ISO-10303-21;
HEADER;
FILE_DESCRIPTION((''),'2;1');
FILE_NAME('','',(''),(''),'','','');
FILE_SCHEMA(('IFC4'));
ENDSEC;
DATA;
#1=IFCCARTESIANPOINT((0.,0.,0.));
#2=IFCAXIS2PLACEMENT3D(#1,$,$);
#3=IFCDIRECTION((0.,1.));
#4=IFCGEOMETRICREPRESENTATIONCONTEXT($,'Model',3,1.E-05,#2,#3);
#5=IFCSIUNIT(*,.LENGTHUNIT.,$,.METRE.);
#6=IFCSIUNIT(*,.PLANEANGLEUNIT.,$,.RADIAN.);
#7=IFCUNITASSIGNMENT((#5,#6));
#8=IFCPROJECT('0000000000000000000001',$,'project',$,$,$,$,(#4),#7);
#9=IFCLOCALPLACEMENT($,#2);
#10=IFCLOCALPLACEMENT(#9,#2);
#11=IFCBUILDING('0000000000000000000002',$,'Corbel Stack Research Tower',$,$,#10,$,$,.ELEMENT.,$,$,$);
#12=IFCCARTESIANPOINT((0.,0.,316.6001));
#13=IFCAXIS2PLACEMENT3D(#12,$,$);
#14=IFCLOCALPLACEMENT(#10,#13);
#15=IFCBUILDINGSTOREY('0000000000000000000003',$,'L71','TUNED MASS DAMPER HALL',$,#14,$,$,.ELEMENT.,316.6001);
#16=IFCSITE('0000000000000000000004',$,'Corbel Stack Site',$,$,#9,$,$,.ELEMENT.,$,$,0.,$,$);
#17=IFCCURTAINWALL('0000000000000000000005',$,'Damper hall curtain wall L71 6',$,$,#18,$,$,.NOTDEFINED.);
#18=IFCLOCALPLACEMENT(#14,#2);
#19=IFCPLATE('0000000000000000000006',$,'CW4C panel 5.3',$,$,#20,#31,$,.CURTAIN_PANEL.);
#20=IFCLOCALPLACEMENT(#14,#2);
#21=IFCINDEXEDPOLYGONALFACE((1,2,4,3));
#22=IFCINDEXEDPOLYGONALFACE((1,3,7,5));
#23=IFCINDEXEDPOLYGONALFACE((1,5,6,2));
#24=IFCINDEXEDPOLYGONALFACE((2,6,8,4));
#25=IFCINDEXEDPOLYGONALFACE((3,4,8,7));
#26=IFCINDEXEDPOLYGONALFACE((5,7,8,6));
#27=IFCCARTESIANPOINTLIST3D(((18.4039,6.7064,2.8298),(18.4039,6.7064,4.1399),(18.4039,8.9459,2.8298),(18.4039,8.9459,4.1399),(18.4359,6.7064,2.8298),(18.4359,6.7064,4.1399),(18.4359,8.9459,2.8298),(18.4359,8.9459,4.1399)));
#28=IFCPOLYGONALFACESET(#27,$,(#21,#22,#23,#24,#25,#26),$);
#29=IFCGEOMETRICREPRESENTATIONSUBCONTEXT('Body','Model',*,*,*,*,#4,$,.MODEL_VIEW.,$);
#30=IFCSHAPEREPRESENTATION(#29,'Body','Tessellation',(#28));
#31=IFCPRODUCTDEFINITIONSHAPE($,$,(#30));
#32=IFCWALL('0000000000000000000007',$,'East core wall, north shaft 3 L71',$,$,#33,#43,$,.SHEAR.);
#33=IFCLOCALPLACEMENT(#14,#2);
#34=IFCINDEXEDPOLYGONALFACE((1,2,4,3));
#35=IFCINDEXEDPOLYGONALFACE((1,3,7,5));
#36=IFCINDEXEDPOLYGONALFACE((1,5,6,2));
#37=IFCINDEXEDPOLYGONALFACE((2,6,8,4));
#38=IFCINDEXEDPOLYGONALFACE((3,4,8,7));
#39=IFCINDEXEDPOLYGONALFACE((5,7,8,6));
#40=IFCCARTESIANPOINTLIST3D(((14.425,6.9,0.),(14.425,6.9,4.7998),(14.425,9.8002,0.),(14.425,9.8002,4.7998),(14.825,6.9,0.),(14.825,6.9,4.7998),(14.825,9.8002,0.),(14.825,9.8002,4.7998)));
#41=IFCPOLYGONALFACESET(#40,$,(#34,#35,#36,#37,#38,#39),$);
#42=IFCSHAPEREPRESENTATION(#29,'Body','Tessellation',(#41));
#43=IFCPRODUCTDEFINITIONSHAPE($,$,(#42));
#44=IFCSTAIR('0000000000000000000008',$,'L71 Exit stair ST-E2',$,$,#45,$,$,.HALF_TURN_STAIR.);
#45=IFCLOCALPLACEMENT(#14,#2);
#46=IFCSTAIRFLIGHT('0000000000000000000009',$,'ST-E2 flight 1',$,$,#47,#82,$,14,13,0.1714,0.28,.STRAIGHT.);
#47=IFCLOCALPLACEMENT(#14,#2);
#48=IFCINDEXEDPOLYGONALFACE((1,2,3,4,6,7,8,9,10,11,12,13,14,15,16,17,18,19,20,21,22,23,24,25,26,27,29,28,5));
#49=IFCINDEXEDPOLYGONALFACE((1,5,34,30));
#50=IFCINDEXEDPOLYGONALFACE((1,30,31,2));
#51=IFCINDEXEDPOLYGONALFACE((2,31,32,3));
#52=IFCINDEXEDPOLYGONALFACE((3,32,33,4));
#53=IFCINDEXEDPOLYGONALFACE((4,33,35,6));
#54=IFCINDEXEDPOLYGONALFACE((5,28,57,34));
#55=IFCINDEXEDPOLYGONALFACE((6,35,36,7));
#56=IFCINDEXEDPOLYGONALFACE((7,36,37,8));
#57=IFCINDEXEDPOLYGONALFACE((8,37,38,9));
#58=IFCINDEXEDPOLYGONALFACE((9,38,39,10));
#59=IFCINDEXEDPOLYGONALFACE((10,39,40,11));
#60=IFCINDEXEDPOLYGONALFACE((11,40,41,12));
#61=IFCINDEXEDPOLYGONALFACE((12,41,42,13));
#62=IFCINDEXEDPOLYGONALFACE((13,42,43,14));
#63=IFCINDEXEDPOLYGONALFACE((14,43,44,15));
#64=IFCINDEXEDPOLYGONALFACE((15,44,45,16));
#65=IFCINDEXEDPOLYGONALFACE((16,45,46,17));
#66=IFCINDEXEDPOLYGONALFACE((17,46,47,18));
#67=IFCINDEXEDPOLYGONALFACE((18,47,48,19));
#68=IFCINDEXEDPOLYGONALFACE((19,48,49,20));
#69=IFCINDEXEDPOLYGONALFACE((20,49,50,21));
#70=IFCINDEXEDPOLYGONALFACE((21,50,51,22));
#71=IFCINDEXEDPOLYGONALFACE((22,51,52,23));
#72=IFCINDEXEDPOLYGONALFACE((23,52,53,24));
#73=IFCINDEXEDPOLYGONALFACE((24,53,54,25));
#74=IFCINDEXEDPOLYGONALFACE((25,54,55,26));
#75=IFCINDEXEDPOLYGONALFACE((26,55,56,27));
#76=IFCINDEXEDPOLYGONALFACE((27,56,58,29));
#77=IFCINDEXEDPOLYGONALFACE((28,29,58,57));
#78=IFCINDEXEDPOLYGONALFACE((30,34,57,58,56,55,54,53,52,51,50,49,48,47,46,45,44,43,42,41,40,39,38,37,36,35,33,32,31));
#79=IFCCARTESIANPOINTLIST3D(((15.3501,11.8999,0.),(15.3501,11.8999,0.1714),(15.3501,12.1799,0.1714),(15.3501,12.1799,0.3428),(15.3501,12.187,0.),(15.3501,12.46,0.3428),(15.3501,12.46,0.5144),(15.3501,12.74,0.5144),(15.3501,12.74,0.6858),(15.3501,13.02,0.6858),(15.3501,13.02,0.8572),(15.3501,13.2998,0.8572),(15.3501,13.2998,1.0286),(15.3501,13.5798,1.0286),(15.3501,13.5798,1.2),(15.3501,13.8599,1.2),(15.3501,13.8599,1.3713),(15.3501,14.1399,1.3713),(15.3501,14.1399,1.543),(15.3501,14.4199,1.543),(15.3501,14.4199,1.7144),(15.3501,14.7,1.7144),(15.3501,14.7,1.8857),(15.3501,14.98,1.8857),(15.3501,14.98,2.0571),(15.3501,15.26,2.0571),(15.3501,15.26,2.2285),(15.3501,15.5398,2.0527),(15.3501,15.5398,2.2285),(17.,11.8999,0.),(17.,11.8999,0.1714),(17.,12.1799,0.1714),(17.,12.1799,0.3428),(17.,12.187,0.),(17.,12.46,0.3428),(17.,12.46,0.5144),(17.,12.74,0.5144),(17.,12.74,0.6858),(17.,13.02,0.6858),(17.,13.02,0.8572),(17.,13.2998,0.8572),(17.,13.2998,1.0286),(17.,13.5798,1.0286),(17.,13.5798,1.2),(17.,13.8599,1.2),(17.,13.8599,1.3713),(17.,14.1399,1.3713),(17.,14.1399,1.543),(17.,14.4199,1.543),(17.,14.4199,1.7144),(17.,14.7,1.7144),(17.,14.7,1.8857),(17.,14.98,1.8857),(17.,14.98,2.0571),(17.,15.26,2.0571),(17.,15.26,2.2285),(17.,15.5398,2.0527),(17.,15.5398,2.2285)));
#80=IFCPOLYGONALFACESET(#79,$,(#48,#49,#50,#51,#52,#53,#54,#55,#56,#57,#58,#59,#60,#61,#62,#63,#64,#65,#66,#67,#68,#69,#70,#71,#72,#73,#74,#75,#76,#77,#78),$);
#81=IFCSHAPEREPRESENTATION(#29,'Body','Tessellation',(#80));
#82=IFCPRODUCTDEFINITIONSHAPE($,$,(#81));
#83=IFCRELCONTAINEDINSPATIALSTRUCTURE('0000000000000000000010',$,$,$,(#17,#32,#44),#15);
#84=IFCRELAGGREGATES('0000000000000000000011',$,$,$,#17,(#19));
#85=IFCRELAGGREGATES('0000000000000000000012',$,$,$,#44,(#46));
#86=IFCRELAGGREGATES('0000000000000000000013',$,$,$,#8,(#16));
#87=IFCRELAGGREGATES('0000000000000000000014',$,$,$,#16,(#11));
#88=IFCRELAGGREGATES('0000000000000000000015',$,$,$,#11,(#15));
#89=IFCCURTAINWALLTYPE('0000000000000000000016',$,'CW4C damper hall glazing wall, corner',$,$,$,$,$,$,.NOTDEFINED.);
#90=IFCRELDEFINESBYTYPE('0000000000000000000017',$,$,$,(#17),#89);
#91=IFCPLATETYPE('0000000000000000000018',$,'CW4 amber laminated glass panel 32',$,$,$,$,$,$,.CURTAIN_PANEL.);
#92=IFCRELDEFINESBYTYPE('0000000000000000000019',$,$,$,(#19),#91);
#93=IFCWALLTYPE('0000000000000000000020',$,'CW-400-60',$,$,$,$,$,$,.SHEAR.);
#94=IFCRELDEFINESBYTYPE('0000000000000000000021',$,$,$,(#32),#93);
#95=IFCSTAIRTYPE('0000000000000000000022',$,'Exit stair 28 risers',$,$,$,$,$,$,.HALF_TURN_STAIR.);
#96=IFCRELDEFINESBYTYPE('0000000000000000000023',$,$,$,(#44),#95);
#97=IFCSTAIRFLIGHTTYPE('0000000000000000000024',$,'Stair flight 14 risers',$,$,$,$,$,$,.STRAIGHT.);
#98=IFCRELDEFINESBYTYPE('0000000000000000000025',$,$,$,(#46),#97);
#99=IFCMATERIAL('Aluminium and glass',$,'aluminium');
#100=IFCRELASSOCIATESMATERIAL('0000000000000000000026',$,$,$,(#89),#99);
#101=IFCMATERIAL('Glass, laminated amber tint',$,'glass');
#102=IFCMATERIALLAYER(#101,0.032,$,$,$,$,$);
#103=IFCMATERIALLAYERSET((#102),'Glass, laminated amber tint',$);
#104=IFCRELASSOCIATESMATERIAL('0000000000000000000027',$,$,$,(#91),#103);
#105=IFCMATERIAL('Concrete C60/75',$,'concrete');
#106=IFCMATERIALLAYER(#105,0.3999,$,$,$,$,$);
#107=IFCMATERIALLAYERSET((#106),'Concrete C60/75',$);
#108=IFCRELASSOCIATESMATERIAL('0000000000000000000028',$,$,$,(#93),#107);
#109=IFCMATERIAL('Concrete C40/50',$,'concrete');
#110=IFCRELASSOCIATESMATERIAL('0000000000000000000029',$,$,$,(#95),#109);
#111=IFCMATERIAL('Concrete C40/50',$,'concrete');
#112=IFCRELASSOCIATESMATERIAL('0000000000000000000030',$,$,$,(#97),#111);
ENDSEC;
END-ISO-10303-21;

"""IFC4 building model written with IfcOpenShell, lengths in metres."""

from ifc_helpers import new_model, si_unit, direction, frame, frame_2d, origin, origin_2d, place, context, subcontext, project, spatial, polyline, rectangle, outline, extrude, material, layer, layer_set, type_object, element, aggregate, save


model = new_model("IFC4")

# Units and contexts
model_context = context("Model", 3, precision=1e-05, world=origin(), true_north=direction((0.0, 1.0)))
body_context = subcontext(model_context, "Body", "Model", "MODEL_VIEW")
ifc_project = project(units=[si_unit("LENGTHUNIT", "METRE"), si_unit("PLANEANGLEUNIT", "RADIAN")], contexts=[model_context])

# Site, building, storey
site_placement = place(None, origin())
site = spatial("IfcSite", under=ifc_project, at=site_placement, Name="Corbel Stack Site", CompositionType="ELEMENT", RefElevation=0.0)
building_placement = place(site_placement, origin())
building = spatial("IfcBuilding", under=site, at=building_placement, Name="Corbel Stack Research Tower", CompositionType="ELEMENT")
storey_placement = place(building_placement, frame((0.0, 0.0, 316.6001)))
storey = spatial("IfcBuildingStorey", under=building, at=storey_placement, Name="L71", Description="TUNED MASS DAMPER HALL", CompositionType="ELEMENT", Elevation=316.6001)

# Curtain wall, plate
ifc_material_1 = material(Name="Aluminium and glass", Category="aluminium")
curtain_wall_type = type_object("IfcCurtainWallType", Name="CW4C damper hall glazing wall, corner", PredefinedType="NOTDEFINED", material=ifc_material_1)
curtain_wall_placement = place(storey_placement, origin())
curtain_wall = element("IfcCurtainWall", 1, at=curtain_wall_placement, inside=storey, type_object=curtain_wall_type, Name="Damper hall curtain wall L71 6", PredefinedType="NOTDEFINED")
ifc_material_2 = material(Name="Glass, laminated amber tint", Category="glass")
ifc_layer_1 = layer(ifc_material_2, 0.032)
ifc_layer_set_1 = layer_set([ifc_layer_1], Name="Glass, laminated amber tint")
plate_type = type_object("IfcPlateType", Name="CW4 amber laminated glass panel 32", PredefinedType="CURTAIN_PANEL", material=ifc_layer_set_1)
plate_1_placement = place(storey_placement, frame((18.4199, 7.8262, 2.8298), z_axis=(0.0, 0.0, 1.0), x_axis=(0.0, -1.0, 0.0)))
plate_1 = element("IfcPlate", 2, at=plate_1_placement, type_object=plate_type, Name="CW4C panel 5.3", PredefinedType="CURTAIN_PANEL", context=body_context, shape_type="SweptSolid", body=[
    extrude(rectangle(XDim=2.2395, YDim=0.032, at=origin_2d()), origin(), (0.0, 0.0, 1.0), 1.3101),
])
aggregate(curtain_wall, [plate_1])

# Wall
ifc_material_3 = material(Name="Concrete C60/75", Category="concrete")
ifc_layer_2 = layer(ifc_material_3, 0.3999)
ifc_layer_set_2 = layer_set([ifc_layer_2], Name="Concrete C60/75")
wall_type = type_object("IfcWallType", Name="CW-400-60", PredefinedType="SHEAR", material=ifc_layer_set_2)
wall_placement = place(storey_placement, frame((14.625, 6.8999, 0.0), z_axis=(0.0, 0.0, 1.0), x_axis=(0.0, 1.0, 0.0)))
element("IfcWall", 3, at=wall_placement, inside=storey, type_object=wall_type, Name="East core wall, north shaft 3 L71", PredefinedType="SHEAR", context=body_context, shape_type="SweptSolid", body=[
    extrude(rectangle(XDim=2.9001, YDim=0.3999, at=frame_2d((1.4502, 0.0))), origin(), (0.0, 0.0, 1.0), 4.7998),
])

# Stair, stair flight
ifc_material_4 = material(Name="Concrete C40/50", Category="concrete")
stair_type = type_object("IfcStairType", Name="Exit stair 28 risers", PredefinedType="HALF_TURN_STAIR", material=ifc_material_4)
stair_placement = place(storey_placement, origin())
stair = element("IfcStair", 4, at=stair_placement, inside=storey, type_object=stair_type, Name="L71 Exit stair ST-E2", PredefinedType="HALF_TURN_STAIR")
ifc_material_5 = material(Name="Concrete C40/50", Category="concrete")
stair_flight_type = type_object("IfcStairFlightType", Name="Stair flight 14 risers", PredefinedType="STRAIGHT", material=ifc_material_5)
stair_flight_placement = place(storey_placement, frame((16.175, 11.8999, 0.0), z_axis=(0.0, 0.0, 1.0), x_axis=(0.0, 1.0, 0.0)))
stair_flight = element("IfcStairFlight", 5, at=stair_flight_placement, type_object=stair_flight_type, Name="ST-E2 flight 1", NumberOfRisers=14, NumberOfTreads=13, PredefinedType="STRAIGHT", RiserHeight=0.1714, TreadLength=0.28, context=body_context, shape_type="SweptSolid", body=[
    extrude(outline(polyline([(0.0, 0.0), (0.0, 0.1714), (0.28, 0.1714), (0.28, 0.3428), (0.5601, 0.3428), (0.5601, 0.5144), (0.8401, 0.5144), (0.8401, 0.6858), (1.1201, 0.6858), (1.1201, 0.8572), (1.3999, 0.8572), (1.3999, 1.0286), (1.6799, 1.0286), (1.6799, 1.2), (1.96, 1.2), (1.96, 1.3713), (2.24, 1.3713), (2.24, 1.543), (2.52, 1.543), (2.52, 1.7144), (2.8, 1.7144), (2.8, 1.8857), (3.0801, 1.8857), (3.0801, 2.0571), (3.3601, 2.0571), (3.3601, 2.2285), (3.6399, 2.2285), (3.6399, 2.3999), (3.6399, 2.0527), (0.2871, 0.0), (0.0, 0.0)])), frame((0.0, 0.825, 0.0), z_axis=(0.0, -1.0, 0.0), x_axis=(1.0, 0.0, 0.0)), (0.0, 0.0, 1.0), 1.6499),
])
aggregate(stair, [stair_flight])

save(model, "model.ifc")
